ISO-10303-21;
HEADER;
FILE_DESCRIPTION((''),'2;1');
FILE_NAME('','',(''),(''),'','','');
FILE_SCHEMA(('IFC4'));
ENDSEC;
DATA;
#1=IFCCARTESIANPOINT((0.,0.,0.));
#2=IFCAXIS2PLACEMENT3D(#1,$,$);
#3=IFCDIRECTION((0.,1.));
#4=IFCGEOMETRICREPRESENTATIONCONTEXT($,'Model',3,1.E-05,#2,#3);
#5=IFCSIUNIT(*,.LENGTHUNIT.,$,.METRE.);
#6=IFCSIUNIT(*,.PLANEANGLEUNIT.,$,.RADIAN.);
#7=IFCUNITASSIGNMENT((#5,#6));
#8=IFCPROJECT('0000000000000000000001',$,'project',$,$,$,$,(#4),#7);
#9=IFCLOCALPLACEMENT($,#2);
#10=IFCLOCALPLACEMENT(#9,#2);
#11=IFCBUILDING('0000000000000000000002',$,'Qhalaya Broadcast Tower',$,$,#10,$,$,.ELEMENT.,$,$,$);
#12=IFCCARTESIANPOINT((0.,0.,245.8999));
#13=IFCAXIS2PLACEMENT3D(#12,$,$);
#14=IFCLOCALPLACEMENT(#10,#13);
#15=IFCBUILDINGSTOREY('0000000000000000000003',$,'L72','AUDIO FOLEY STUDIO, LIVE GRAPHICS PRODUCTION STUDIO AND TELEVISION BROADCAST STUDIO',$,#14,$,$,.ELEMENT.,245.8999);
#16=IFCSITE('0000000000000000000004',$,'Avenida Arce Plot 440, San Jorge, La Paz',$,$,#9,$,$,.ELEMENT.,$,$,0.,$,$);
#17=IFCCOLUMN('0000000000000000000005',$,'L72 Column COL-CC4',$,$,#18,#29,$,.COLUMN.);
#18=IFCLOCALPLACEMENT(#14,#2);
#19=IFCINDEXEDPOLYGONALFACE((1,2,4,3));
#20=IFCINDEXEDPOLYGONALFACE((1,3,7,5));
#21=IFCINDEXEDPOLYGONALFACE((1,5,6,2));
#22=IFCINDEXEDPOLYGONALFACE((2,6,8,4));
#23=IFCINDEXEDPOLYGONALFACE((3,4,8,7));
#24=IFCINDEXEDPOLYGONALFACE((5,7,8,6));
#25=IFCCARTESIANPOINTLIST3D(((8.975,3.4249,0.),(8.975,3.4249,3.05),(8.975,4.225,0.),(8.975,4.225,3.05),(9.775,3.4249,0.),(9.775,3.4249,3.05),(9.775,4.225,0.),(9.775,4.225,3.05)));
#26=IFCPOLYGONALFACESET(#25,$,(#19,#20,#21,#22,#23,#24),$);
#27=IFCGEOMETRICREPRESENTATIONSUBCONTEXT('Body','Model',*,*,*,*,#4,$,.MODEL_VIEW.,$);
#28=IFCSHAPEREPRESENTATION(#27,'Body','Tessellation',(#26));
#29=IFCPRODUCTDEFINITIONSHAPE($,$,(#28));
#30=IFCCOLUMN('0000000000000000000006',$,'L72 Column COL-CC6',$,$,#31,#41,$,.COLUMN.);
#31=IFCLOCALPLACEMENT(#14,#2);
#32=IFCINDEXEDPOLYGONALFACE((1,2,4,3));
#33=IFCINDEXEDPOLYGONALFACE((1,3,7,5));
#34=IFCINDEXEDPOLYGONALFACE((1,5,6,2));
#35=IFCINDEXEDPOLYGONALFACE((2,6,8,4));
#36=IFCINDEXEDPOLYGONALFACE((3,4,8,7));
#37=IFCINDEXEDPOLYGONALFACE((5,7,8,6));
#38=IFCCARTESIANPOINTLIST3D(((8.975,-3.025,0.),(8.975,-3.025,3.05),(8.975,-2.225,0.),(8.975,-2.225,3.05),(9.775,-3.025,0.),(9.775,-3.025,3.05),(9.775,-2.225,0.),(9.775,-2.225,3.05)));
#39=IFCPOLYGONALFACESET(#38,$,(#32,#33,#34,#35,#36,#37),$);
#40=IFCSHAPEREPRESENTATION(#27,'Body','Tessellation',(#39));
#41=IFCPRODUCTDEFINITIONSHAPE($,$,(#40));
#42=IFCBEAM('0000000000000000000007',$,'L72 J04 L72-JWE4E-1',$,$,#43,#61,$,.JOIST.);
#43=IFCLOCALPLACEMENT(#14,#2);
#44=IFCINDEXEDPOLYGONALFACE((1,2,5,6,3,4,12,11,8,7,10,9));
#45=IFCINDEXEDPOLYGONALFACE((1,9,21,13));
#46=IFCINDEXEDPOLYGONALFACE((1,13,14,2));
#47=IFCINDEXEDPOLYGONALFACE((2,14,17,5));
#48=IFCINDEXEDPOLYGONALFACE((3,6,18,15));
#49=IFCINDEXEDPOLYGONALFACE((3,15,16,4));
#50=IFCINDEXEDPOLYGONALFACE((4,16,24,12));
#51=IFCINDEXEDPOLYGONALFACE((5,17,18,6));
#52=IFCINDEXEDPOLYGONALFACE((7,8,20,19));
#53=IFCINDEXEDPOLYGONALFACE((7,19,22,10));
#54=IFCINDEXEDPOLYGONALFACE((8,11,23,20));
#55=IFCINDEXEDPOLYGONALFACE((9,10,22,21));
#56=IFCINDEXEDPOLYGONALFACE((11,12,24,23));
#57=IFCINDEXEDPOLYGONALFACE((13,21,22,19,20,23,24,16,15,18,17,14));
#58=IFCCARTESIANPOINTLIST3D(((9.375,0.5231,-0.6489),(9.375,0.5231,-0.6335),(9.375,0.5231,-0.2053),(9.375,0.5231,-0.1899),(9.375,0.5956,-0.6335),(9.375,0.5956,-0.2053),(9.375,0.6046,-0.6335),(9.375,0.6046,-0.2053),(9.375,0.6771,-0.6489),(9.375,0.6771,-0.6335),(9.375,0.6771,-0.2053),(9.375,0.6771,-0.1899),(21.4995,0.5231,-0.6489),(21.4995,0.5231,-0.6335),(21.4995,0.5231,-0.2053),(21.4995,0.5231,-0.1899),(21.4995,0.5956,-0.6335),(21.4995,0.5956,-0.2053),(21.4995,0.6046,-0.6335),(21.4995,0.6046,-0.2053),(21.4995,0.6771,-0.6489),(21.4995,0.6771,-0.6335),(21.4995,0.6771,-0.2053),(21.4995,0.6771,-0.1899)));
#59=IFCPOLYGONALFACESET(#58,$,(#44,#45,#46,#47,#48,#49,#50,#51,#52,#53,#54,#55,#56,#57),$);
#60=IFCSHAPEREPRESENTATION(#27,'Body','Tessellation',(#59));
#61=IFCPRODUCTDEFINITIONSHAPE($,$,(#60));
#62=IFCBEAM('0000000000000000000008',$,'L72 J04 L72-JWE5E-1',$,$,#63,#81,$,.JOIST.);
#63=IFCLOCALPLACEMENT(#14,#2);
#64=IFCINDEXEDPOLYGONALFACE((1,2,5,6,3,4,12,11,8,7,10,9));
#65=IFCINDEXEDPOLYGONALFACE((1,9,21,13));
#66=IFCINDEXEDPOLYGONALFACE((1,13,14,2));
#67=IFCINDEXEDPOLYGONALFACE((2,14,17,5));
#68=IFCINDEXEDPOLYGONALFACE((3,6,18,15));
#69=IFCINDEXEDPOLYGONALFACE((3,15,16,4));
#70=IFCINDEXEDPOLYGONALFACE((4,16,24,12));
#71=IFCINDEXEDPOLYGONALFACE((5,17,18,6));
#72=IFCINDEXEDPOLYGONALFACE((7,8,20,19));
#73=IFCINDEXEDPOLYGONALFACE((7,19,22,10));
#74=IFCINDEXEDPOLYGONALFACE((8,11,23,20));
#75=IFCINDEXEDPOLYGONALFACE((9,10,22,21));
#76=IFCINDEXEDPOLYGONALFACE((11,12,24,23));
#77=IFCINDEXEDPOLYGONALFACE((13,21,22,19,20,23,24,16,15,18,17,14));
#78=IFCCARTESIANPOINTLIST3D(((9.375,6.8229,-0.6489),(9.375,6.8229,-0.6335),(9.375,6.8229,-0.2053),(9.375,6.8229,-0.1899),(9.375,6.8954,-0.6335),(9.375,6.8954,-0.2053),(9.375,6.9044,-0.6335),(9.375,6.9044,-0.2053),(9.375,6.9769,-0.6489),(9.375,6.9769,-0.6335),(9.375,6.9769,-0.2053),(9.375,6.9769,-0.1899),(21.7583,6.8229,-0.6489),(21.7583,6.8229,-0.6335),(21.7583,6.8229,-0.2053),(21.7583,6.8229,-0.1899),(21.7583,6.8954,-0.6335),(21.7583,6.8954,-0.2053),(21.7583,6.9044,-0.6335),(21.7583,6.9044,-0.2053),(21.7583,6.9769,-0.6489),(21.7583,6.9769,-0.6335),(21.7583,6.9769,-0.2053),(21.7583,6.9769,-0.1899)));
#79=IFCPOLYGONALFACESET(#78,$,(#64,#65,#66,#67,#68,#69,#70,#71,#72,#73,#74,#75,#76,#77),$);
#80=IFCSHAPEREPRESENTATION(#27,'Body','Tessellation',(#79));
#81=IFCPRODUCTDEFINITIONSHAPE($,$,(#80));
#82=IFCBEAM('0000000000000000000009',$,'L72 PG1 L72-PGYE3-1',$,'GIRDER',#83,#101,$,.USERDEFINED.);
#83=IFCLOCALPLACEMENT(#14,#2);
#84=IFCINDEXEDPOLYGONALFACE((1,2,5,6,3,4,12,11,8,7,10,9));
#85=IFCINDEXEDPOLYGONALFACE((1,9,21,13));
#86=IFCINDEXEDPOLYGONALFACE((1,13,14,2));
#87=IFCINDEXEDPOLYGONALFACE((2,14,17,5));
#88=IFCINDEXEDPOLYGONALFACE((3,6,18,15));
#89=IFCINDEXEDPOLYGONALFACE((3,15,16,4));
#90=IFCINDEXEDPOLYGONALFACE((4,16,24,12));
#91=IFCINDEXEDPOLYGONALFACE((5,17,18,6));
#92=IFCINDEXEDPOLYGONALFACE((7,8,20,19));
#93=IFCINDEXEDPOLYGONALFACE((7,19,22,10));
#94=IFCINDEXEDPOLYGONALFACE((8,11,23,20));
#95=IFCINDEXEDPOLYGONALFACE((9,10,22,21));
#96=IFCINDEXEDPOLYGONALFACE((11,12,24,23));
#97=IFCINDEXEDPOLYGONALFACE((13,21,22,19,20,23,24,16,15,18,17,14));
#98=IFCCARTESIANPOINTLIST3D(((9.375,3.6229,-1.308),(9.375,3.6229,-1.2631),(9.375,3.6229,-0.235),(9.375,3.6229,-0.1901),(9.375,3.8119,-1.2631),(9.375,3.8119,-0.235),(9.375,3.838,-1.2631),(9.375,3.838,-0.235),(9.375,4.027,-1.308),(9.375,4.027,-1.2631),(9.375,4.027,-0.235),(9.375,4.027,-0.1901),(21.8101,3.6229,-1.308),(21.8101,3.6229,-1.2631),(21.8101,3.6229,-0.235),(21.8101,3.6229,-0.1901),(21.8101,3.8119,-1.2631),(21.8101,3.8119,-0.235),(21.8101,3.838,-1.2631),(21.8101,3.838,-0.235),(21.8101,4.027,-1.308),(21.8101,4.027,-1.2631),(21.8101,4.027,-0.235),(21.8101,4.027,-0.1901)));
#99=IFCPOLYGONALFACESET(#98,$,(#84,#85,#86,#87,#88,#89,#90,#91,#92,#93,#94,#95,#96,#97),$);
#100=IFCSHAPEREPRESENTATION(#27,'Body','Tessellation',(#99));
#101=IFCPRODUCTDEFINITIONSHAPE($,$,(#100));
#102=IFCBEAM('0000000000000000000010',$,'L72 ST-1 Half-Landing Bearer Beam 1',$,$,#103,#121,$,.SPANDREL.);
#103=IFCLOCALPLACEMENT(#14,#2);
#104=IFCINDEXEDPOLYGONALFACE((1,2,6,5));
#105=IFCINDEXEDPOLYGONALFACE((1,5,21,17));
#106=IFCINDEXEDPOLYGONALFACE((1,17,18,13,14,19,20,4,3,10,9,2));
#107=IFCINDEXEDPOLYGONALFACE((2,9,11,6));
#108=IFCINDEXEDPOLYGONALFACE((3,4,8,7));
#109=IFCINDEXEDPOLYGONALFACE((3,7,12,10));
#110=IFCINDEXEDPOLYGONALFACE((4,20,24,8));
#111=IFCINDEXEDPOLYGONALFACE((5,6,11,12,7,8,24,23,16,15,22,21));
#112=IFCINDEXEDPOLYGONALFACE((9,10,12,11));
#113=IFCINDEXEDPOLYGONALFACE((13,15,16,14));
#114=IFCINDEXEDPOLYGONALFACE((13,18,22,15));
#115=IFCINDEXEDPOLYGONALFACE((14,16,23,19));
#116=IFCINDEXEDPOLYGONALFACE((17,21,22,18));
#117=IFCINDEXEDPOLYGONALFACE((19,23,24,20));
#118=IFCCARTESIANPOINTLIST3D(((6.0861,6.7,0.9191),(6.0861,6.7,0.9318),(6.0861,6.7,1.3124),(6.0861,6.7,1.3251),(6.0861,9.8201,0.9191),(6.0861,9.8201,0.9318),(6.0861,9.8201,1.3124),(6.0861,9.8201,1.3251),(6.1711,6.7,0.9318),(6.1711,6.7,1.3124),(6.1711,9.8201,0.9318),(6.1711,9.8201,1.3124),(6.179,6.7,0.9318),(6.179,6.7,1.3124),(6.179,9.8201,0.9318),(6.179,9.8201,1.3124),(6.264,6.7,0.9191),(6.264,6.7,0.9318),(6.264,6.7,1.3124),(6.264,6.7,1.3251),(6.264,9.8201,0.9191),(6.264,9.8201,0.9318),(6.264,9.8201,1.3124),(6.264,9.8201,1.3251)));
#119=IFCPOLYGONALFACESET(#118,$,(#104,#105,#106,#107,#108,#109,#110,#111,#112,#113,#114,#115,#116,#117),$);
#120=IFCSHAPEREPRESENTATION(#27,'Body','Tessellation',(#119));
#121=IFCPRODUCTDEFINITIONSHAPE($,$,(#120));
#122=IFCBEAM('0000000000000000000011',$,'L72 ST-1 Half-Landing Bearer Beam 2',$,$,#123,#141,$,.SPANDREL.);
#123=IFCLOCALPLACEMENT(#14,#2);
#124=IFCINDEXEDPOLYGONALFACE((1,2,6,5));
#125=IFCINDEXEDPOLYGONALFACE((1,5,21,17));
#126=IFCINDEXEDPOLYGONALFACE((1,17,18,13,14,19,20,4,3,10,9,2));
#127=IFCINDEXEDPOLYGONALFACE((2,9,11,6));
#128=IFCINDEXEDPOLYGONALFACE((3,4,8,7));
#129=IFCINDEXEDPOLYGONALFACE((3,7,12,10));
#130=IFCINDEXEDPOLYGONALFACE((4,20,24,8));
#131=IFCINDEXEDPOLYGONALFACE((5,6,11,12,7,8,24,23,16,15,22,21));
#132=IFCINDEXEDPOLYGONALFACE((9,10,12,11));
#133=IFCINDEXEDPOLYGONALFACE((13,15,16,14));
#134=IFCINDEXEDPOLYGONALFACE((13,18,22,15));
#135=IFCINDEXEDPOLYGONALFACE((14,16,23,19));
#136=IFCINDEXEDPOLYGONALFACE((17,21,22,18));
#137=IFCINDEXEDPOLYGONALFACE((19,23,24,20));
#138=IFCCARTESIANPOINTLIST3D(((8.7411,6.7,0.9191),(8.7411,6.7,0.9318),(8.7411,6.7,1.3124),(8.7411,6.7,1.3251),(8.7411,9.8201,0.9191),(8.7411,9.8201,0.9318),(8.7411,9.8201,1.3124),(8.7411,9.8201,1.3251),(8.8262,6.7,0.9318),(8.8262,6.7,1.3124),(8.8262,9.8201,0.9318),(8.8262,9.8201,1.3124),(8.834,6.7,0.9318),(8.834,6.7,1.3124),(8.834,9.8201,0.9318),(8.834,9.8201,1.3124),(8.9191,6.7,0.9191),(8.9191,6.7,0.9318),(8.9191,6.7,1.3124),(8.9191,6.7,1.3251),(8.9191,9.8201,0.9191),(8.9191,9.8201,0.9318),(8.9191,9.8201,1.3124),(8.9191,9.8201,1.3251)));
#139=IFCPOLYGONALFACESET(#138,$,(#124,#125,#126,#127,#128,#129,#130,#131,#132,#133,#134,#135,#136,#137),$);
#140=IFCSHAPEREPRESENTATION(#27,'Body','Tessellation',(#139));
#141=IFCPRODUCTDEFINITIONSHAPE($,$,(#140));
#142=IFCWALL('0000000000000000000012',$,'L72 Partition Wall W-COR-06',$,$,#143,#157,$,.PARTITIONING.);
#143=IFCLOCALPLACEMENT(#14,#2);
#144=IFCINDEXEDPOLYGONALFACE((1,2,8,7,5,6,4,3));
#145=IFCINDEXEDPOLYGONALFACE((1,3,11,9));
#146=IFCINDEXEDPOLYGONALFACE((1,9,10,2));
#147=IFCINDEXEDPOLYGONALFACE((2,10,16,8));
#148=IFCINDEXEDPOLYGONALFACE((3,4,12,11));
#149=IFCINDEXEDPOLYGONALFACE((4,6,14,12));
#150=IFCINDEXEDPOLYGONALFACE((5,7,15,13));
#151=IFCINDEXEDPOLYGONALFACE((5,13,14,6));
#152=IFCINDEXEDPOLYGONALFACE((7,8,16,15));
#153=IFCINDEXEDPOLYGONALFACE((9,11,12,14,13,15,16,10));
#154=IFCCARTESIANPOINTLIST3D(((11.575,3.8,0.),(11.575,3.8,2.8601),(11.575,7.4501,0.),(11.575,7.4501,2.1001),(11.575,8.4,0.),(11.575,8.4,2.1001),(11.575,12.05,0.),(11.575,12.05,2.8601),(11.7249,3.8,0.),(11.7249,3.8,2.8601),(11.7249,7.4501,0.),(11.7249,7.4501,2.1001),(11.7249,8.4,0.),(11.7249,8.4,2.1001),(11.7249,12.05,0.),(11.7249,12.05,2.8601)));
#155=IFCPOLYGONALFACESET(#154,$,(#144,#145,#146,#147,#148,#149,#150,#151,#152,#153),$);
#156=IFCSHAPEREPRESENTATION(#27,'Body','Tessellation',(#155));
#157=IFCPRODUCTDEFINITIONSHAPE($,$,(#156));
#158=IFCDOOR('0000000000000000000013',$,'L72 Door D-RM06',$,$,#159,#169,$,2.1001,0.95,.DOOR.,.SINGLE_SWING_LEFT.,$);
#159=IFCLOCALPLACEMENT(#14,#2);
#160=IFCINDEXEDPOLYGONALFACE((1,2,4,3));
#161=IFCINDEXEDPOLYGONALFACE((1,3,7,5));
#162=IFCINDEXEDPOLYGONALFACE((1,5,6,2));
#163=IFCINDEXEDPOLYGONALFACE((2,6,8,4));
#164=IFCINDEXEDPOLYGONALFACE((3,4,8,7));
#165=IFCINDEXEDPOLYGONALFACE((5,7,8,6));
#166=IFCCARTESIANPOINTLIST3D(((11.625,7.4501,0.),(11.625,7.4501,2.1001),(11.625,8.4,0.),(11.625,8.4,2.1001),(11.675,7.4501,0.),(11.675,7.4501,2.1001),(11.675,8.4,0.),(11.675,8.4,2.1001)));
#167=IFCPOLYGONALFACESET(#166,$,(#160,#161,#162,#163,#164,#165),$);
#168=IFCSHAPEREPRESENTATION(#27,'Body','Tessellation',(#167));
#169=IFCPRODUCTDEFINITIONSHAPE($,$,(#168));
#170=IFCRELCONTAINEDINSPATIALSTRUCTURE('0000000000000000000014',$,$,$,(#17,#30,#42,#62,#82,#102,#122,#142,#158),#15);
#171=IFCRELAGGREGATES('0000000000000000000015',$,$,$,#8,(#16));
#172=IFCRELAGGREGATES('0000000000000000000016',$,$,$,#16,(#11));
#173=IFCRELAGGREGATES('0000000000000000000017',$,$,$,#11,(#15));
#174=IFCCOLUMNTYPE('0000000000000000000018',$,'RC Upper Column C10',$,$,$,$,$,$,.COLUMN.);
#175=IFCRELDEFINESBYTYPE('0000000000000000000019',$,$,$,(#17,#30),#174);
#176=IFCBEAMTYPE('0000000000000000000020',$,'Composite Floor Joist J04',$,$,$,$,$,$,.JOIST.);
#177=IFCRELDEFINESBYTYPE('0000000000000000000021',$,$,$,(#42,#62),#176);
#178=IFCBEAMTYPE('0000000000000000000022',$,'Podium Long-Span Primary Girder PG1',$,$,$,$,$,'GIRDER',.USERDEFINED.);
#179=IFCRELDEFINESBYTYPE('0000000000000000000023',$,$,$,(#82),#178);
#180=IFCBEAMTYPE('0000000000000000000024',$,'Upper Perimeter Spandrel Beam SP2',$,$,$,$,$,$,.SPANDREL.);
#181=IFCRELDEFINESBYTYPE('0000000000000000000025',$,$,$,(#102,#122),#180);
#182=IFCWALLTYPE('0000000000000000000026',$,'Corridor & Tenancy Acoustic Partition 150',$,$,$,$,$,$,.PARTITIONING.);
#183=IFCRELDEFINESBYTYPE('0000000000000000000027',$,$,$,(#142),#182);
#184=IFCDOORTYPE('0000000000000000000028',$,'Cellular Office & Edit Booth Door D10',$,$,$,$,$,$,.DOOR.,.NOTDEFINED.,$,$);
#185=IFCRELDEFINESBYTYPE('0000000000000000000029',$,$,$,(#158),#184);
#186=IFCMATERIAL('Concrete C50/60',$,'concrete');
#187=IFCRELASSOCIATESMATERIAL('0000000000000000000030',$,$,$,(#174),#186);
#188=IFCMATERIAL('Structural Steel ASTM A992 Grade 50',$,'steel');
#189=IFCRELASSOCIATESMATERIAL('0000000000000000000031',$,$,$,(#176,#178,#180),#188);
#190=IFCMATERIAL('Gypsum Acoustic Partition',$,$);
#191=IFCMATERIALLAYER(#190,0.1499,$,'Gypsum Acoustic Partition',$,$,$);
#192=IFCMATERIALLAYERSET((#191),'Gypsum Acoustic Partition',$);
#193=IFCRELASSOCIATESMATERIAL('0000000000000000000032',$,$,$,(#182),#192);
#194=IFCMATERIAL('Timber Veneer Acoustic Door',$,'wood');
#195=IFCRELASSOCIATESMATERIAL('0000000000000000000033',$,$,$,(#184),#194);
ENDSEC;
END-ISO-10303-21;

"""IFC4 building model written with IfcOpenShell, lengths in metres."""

from ifc_helpers import new_model, si_unit, direction, frame, frame_2d, origin, origin_2d, place, context, subcontext, project, spatial, rectangle, i_section, extrude, material, layer, layer_set, material_profile, profile_set, type_object, element, fill, save


model = new_model("IFC4")

# Units and contexts
model_context = context("Model", 3, precision=1e-05, world=origin(), true_north=direction((0.0, 1.0)))
body_context = subcontext(model_context, "Body", "Model", "MODEL_VIEW")
ifc_project = project(units=[si_unit("LENGTHUNIT", "METRE"), si_unit("PLANEANGLEUNIT", "RADIAN")], contexts=[model_context])

# Site, building, storey
site_placement = place(None, origin())
site = spatial("IfcSite", under=ifc_project, at=site_placement, Name="Avenida Arce Plot 440, San Jorge, La Paz", CompositionType="ELEMENT", RefElevation=0.0)
building_placement = place(site_placement, origin())
building = spatial("IfcBuilding", under=site, at=building_placement, Name="Qhalaya Broadcast Tower", CompositionType="ELEMENT")
storey_placement = place(building_placement, frame((0.0, 0.0, 245.8999)))
storey = spatial("IfcBuildingStorey", under=building, at=storey_placement, Name="L72", Description="AUDIO FOLEY STUDIO, LIVE GRAPHICS PRODUCTION STUDIO AND TELEVISION BROADCAST STUDIO", CompositionType="ELEMENT", Elevation=245.8999)

# Columns
ifc_material_1 = material(Name="Concrete C50/60", Category="concrete")
ifc_material_profile_1 = material_profile(ifc_material_1, rectangle(XDim=0.8, YDim=0.8, at=origin_2d()), Name="RC-COL 800x800")
ifc_profile_set_1 = profile_set([ifc_material_profile_1], Name="Concrete C50/60")
column_type = type_object("IfcColumnType", Name="RC Upper Column C10", PredefinedType="COLUMN", material=ifc_profile_set_1)
for number, where, z_axis, x_axis, name in (
    (1, (9.375, 3.825, 0.0), (0.0, 0.0, 1.0), (1.0, 0.0, 0.0), "L72 Column COL-CC4"),
    (2, (9.375, -2.625, 0.0), (0.0, 0.0, 1.0), (1.0, 0.0, 0.0), "L72 Column COL-CC6"),
):
    element("IfcColumn", number, at=place(storey_placement, frame(where, z_axis=z_axis, x_axis=x_axis)), inside=storey, type_object=column_type, Name=name, PredefinedType="COLUMN", context=body_context, shape_type="SweptSolid", body=[
        extrude(rectangle(XDim=0.8, YDim=0.8, at=origin_2d()), origin(), (0.0, 0.0, 1.0), 3.05),
    ])

# Beams
ifc_material_2 = material(Name="Structural Steel ASTM A992 Grade 50", Category="steel")
ifc_material_profile_2 = material_profile(ifc_material_2, i_section(OverallWidth=0.1541, OverallDepth=0.459, WebThickness=0.009, FlangeThickness=0.0154, at=origin_2d()), Name="W18X46")
ifc_profile_set_2 = profile_set([ifc_material_profile_2], Name="Structural Steel ASTM A992 Grade 50")
beam_type_1 = type_object("IfcBeamType", Name="Composite Floor Joist J04", PredefinedType="JOIST", material=ifc_profile_set_2)
beam_1_placement = place(storey_placement, frame((9.375, 0.6001, -0.4194), z_axis=(1.0, 0.0, 0.0), x_axis=(0.0, 1.0, 0.0)))
element("IfcBeam", 3, at=beam_1_placement, inside=storey, type_object=beam_type_1, Name="L72 J04 L72-JWE4E-1", PredefinedType="JOIST", context=body_context, shape_type="SweptSolid", body=[
    extrude(i_section(OverallWidth=0.1541, OverallDepth=0.459, WebThickness=0.009, FlangeThickness=0.0154, at=origin_2d()), origin(), (0.0, 0.0, 1.0), 12.1245),
])
beam_2_placement = place(storey_placement, frame((9.375, 6.8999, -0.4194), z_axis=(1.0, 0.0, 0.0), x_axis=(0.0, 1.0, 0.0)))
element("IfcBeam", 4, at=beam_2_placement, inside=storey, type_object=beam_type_1, Name="L72 J04 L72-JWE5E-1", PredefinedType="JOIST", context=body_context, shape_type="SweptSolid", body=[
    extrude(i_section(OverallWidth=0.1541, OverallDepth=0.459, WebThickness=0.009, FlangeThickness=0.0154, at=origin_2d()), origin(), (0.0, 0.0, 1.0), 12.3833),
])
ifc_material_profile_3 = material_profile(ifc_material_2, i_section(OverallWidth=0.4041, OverallDepth=1.1179, WebThickness=0.0261, FlangeThickness=0.0449, at=origin_2d()), Name="W44X335")
ifc_profile_set_3 = profile_set([ifc_material_profile_3], Name="Structural Steel ASTM A992 Grade 50")
beam_type_2 = type_object("IfcBeamType", Name="Podium Long-Span Primary Girder PG1", ElementType="GIRDER", PredefinedType="USERDEFINED", material=ifc_profile_set_3)
beam_3_placement = place(storey_placement, frame((9.375, 3.825, -0.749), z_axis=(1.0, 0.0, 0.0), x_axis=(0.0, 1.0, 0.0)))
element("IfcBeam", 5, at=beam_3_placement, inside=storey, type_object=beam_type_2, Name="L72 PG1 L72-PGYE3-1", ObjectType="GIRDER", PredefinedType="USERDEFINED", context=body_context, shape_type="SweptSolid", body=[
    extrude(i_section(OverallWidth=0.4041, OverallDepth=1.1179, WebThickness=0.0261, FlangeThickness=0.0449, at=origin_2d()), origin(), (0.0, 0.0, 1.0), 12.4351),
])
ifc_material_profile_4 = material_profile(ifc_material_2, i_section(OverallWidth=0.178, OverallDepth=0.406, WebThickness=0.0078, FlangeThickness=0.0127, at=origin_2d()), Name="W16X40")
ifc_profile_set_4 = profile_set([ifc_material_profile_4], Name="Structural Steel ASTM A992 Grade 50")
beam_type_3 = type_object("IfcBeamType", Name="Upper Perimeter Spandrel Beam SP2", PredefinedType="SPANDREL", material=ifc_profile_set_4)
for number, where, z_axis, x_axis, name in (
    (6, (6.175, 6.7, 1.1221), (0.0, 1.0, 0.0), (-1.0, 0.0, 0.0), "L72 ST-1 Half-Landing Bearer Beam 1"),
    (7, (8.8301, 6.7, 1.1221), (0.0, 1.0, 0.0), (-1.0, 0.0, 0.0), "L72 ST-1 Half-Landing Bearer Beam 2"),
):
    element("IfcBeam", number, at=place(storey_placement, frame(where, z_axis=z_axis, x_axis=x_axis)), inside=storey, type_object=beam_type_3, Name=name, PredefinedType="SPANDREL", context=body_context, shape_type="SweptSolid", body=[
        extrude(i_section(OverallWidth=0.178, OverallDepth=0.406, WebThickness=0.0078, FlangeThickness=0.0127, at=origin_2d()), origin(), (0.0, 0.0, 1.0), 3.1201),
    ])

# Wall, opening, door
ifc_material_3 = material(Name="Gypsum Acoustic Partition")
ifc_layer_1 = layer(ifc_material_3, 0.1499, Name="Gypsum Acoustic Partition")
ifc_layer_set_1 = layer_set([ifc_layer_1], Name="Gypsum Acoustic Partition")
wall_type_1 = type_object("IfcWallType", Name="Corridor & Tenancy Acoustic Partition 150", PredefinedType="PARTITIONING", material=ifc_layer_set_1)
wall_1_placement = place(storey_placement, frame((11.6499, 3.8, 0.0), z_axis=(0.0, 0.0, 1.0), x_axis=(0.0, 1.0, 0.0)))
wall_1 = element("IfcWall", 8, at=wall_1_placement, inside=storey, type_object=wall_type_1, Name="L72 Partition Wall W-COR-06", PredefinedType="PARTITIONING", context=body_context, shape_type="SweptSolid", body=[
    extrude(rectangle(XDim=8.25, YDim=0.1499, at=frame_2d((4.125, 0.0))), origin(), (0.0, 0.0, 1.0), 2.8601),
])
opening_1_placement = place(wall_1_placement, frame((3.6499, 0.0, 0.0)))
opening_1 = element("IfcOpeningElement", 9, at=opening_1_placement, cuts=wall_1, PredefinedType="OPENING", context=body_context, shape_type="SweptSolid", body=[
    extrude(rectangle(XDim=0.95, YDim=2.1001, at=frame_2d((0.4751, 1.05))), frame((0.0, 0.0869, 0.0), z_axis=(0.0, -1.0, 0.0), x_axis=(1.0, 0.0, 0.0)), (0.0, 0.0, 1.0), 0.1738),
])
ifc_material_4 = material(Name="Timber Veneer Acoustic Door", Category="wood")
door_type_1 = type_object("IfcDoorType", Name="Cellular Office & Edit Booth Door D10", OperationType="NOTDEFINED", PredefinedType="DOOR", material=ifc_material_4)
door_1_placement = place(opening_1_placement, origin())
door_1 = element("IfcDoor", 10, at=door_1_placement, inside=storey, type_object=door_type_1, Name="L72 Door D-RM06", OperationType="SINGLE_SWING_LEFT", OverallHeight=2.1001, OverallWidth=0.95, PredefinedType="DOOR", context=body_context, shape_type="SweptSolid", body=[
    extrude(rectangle(XDim=0.95, YDim=2.1001, at=frame_2d((0.4751, 1.05))), frame((0.0, 0.0249, 0.0), z_axis=(0.0, -1.0, 0.0), x_axis=(1.0, 0.0, 0.0)), (0.0, 0.0, 1.0), 0.05),
])
fill(opening_1, door_1)

save(model, "model.ifc")
